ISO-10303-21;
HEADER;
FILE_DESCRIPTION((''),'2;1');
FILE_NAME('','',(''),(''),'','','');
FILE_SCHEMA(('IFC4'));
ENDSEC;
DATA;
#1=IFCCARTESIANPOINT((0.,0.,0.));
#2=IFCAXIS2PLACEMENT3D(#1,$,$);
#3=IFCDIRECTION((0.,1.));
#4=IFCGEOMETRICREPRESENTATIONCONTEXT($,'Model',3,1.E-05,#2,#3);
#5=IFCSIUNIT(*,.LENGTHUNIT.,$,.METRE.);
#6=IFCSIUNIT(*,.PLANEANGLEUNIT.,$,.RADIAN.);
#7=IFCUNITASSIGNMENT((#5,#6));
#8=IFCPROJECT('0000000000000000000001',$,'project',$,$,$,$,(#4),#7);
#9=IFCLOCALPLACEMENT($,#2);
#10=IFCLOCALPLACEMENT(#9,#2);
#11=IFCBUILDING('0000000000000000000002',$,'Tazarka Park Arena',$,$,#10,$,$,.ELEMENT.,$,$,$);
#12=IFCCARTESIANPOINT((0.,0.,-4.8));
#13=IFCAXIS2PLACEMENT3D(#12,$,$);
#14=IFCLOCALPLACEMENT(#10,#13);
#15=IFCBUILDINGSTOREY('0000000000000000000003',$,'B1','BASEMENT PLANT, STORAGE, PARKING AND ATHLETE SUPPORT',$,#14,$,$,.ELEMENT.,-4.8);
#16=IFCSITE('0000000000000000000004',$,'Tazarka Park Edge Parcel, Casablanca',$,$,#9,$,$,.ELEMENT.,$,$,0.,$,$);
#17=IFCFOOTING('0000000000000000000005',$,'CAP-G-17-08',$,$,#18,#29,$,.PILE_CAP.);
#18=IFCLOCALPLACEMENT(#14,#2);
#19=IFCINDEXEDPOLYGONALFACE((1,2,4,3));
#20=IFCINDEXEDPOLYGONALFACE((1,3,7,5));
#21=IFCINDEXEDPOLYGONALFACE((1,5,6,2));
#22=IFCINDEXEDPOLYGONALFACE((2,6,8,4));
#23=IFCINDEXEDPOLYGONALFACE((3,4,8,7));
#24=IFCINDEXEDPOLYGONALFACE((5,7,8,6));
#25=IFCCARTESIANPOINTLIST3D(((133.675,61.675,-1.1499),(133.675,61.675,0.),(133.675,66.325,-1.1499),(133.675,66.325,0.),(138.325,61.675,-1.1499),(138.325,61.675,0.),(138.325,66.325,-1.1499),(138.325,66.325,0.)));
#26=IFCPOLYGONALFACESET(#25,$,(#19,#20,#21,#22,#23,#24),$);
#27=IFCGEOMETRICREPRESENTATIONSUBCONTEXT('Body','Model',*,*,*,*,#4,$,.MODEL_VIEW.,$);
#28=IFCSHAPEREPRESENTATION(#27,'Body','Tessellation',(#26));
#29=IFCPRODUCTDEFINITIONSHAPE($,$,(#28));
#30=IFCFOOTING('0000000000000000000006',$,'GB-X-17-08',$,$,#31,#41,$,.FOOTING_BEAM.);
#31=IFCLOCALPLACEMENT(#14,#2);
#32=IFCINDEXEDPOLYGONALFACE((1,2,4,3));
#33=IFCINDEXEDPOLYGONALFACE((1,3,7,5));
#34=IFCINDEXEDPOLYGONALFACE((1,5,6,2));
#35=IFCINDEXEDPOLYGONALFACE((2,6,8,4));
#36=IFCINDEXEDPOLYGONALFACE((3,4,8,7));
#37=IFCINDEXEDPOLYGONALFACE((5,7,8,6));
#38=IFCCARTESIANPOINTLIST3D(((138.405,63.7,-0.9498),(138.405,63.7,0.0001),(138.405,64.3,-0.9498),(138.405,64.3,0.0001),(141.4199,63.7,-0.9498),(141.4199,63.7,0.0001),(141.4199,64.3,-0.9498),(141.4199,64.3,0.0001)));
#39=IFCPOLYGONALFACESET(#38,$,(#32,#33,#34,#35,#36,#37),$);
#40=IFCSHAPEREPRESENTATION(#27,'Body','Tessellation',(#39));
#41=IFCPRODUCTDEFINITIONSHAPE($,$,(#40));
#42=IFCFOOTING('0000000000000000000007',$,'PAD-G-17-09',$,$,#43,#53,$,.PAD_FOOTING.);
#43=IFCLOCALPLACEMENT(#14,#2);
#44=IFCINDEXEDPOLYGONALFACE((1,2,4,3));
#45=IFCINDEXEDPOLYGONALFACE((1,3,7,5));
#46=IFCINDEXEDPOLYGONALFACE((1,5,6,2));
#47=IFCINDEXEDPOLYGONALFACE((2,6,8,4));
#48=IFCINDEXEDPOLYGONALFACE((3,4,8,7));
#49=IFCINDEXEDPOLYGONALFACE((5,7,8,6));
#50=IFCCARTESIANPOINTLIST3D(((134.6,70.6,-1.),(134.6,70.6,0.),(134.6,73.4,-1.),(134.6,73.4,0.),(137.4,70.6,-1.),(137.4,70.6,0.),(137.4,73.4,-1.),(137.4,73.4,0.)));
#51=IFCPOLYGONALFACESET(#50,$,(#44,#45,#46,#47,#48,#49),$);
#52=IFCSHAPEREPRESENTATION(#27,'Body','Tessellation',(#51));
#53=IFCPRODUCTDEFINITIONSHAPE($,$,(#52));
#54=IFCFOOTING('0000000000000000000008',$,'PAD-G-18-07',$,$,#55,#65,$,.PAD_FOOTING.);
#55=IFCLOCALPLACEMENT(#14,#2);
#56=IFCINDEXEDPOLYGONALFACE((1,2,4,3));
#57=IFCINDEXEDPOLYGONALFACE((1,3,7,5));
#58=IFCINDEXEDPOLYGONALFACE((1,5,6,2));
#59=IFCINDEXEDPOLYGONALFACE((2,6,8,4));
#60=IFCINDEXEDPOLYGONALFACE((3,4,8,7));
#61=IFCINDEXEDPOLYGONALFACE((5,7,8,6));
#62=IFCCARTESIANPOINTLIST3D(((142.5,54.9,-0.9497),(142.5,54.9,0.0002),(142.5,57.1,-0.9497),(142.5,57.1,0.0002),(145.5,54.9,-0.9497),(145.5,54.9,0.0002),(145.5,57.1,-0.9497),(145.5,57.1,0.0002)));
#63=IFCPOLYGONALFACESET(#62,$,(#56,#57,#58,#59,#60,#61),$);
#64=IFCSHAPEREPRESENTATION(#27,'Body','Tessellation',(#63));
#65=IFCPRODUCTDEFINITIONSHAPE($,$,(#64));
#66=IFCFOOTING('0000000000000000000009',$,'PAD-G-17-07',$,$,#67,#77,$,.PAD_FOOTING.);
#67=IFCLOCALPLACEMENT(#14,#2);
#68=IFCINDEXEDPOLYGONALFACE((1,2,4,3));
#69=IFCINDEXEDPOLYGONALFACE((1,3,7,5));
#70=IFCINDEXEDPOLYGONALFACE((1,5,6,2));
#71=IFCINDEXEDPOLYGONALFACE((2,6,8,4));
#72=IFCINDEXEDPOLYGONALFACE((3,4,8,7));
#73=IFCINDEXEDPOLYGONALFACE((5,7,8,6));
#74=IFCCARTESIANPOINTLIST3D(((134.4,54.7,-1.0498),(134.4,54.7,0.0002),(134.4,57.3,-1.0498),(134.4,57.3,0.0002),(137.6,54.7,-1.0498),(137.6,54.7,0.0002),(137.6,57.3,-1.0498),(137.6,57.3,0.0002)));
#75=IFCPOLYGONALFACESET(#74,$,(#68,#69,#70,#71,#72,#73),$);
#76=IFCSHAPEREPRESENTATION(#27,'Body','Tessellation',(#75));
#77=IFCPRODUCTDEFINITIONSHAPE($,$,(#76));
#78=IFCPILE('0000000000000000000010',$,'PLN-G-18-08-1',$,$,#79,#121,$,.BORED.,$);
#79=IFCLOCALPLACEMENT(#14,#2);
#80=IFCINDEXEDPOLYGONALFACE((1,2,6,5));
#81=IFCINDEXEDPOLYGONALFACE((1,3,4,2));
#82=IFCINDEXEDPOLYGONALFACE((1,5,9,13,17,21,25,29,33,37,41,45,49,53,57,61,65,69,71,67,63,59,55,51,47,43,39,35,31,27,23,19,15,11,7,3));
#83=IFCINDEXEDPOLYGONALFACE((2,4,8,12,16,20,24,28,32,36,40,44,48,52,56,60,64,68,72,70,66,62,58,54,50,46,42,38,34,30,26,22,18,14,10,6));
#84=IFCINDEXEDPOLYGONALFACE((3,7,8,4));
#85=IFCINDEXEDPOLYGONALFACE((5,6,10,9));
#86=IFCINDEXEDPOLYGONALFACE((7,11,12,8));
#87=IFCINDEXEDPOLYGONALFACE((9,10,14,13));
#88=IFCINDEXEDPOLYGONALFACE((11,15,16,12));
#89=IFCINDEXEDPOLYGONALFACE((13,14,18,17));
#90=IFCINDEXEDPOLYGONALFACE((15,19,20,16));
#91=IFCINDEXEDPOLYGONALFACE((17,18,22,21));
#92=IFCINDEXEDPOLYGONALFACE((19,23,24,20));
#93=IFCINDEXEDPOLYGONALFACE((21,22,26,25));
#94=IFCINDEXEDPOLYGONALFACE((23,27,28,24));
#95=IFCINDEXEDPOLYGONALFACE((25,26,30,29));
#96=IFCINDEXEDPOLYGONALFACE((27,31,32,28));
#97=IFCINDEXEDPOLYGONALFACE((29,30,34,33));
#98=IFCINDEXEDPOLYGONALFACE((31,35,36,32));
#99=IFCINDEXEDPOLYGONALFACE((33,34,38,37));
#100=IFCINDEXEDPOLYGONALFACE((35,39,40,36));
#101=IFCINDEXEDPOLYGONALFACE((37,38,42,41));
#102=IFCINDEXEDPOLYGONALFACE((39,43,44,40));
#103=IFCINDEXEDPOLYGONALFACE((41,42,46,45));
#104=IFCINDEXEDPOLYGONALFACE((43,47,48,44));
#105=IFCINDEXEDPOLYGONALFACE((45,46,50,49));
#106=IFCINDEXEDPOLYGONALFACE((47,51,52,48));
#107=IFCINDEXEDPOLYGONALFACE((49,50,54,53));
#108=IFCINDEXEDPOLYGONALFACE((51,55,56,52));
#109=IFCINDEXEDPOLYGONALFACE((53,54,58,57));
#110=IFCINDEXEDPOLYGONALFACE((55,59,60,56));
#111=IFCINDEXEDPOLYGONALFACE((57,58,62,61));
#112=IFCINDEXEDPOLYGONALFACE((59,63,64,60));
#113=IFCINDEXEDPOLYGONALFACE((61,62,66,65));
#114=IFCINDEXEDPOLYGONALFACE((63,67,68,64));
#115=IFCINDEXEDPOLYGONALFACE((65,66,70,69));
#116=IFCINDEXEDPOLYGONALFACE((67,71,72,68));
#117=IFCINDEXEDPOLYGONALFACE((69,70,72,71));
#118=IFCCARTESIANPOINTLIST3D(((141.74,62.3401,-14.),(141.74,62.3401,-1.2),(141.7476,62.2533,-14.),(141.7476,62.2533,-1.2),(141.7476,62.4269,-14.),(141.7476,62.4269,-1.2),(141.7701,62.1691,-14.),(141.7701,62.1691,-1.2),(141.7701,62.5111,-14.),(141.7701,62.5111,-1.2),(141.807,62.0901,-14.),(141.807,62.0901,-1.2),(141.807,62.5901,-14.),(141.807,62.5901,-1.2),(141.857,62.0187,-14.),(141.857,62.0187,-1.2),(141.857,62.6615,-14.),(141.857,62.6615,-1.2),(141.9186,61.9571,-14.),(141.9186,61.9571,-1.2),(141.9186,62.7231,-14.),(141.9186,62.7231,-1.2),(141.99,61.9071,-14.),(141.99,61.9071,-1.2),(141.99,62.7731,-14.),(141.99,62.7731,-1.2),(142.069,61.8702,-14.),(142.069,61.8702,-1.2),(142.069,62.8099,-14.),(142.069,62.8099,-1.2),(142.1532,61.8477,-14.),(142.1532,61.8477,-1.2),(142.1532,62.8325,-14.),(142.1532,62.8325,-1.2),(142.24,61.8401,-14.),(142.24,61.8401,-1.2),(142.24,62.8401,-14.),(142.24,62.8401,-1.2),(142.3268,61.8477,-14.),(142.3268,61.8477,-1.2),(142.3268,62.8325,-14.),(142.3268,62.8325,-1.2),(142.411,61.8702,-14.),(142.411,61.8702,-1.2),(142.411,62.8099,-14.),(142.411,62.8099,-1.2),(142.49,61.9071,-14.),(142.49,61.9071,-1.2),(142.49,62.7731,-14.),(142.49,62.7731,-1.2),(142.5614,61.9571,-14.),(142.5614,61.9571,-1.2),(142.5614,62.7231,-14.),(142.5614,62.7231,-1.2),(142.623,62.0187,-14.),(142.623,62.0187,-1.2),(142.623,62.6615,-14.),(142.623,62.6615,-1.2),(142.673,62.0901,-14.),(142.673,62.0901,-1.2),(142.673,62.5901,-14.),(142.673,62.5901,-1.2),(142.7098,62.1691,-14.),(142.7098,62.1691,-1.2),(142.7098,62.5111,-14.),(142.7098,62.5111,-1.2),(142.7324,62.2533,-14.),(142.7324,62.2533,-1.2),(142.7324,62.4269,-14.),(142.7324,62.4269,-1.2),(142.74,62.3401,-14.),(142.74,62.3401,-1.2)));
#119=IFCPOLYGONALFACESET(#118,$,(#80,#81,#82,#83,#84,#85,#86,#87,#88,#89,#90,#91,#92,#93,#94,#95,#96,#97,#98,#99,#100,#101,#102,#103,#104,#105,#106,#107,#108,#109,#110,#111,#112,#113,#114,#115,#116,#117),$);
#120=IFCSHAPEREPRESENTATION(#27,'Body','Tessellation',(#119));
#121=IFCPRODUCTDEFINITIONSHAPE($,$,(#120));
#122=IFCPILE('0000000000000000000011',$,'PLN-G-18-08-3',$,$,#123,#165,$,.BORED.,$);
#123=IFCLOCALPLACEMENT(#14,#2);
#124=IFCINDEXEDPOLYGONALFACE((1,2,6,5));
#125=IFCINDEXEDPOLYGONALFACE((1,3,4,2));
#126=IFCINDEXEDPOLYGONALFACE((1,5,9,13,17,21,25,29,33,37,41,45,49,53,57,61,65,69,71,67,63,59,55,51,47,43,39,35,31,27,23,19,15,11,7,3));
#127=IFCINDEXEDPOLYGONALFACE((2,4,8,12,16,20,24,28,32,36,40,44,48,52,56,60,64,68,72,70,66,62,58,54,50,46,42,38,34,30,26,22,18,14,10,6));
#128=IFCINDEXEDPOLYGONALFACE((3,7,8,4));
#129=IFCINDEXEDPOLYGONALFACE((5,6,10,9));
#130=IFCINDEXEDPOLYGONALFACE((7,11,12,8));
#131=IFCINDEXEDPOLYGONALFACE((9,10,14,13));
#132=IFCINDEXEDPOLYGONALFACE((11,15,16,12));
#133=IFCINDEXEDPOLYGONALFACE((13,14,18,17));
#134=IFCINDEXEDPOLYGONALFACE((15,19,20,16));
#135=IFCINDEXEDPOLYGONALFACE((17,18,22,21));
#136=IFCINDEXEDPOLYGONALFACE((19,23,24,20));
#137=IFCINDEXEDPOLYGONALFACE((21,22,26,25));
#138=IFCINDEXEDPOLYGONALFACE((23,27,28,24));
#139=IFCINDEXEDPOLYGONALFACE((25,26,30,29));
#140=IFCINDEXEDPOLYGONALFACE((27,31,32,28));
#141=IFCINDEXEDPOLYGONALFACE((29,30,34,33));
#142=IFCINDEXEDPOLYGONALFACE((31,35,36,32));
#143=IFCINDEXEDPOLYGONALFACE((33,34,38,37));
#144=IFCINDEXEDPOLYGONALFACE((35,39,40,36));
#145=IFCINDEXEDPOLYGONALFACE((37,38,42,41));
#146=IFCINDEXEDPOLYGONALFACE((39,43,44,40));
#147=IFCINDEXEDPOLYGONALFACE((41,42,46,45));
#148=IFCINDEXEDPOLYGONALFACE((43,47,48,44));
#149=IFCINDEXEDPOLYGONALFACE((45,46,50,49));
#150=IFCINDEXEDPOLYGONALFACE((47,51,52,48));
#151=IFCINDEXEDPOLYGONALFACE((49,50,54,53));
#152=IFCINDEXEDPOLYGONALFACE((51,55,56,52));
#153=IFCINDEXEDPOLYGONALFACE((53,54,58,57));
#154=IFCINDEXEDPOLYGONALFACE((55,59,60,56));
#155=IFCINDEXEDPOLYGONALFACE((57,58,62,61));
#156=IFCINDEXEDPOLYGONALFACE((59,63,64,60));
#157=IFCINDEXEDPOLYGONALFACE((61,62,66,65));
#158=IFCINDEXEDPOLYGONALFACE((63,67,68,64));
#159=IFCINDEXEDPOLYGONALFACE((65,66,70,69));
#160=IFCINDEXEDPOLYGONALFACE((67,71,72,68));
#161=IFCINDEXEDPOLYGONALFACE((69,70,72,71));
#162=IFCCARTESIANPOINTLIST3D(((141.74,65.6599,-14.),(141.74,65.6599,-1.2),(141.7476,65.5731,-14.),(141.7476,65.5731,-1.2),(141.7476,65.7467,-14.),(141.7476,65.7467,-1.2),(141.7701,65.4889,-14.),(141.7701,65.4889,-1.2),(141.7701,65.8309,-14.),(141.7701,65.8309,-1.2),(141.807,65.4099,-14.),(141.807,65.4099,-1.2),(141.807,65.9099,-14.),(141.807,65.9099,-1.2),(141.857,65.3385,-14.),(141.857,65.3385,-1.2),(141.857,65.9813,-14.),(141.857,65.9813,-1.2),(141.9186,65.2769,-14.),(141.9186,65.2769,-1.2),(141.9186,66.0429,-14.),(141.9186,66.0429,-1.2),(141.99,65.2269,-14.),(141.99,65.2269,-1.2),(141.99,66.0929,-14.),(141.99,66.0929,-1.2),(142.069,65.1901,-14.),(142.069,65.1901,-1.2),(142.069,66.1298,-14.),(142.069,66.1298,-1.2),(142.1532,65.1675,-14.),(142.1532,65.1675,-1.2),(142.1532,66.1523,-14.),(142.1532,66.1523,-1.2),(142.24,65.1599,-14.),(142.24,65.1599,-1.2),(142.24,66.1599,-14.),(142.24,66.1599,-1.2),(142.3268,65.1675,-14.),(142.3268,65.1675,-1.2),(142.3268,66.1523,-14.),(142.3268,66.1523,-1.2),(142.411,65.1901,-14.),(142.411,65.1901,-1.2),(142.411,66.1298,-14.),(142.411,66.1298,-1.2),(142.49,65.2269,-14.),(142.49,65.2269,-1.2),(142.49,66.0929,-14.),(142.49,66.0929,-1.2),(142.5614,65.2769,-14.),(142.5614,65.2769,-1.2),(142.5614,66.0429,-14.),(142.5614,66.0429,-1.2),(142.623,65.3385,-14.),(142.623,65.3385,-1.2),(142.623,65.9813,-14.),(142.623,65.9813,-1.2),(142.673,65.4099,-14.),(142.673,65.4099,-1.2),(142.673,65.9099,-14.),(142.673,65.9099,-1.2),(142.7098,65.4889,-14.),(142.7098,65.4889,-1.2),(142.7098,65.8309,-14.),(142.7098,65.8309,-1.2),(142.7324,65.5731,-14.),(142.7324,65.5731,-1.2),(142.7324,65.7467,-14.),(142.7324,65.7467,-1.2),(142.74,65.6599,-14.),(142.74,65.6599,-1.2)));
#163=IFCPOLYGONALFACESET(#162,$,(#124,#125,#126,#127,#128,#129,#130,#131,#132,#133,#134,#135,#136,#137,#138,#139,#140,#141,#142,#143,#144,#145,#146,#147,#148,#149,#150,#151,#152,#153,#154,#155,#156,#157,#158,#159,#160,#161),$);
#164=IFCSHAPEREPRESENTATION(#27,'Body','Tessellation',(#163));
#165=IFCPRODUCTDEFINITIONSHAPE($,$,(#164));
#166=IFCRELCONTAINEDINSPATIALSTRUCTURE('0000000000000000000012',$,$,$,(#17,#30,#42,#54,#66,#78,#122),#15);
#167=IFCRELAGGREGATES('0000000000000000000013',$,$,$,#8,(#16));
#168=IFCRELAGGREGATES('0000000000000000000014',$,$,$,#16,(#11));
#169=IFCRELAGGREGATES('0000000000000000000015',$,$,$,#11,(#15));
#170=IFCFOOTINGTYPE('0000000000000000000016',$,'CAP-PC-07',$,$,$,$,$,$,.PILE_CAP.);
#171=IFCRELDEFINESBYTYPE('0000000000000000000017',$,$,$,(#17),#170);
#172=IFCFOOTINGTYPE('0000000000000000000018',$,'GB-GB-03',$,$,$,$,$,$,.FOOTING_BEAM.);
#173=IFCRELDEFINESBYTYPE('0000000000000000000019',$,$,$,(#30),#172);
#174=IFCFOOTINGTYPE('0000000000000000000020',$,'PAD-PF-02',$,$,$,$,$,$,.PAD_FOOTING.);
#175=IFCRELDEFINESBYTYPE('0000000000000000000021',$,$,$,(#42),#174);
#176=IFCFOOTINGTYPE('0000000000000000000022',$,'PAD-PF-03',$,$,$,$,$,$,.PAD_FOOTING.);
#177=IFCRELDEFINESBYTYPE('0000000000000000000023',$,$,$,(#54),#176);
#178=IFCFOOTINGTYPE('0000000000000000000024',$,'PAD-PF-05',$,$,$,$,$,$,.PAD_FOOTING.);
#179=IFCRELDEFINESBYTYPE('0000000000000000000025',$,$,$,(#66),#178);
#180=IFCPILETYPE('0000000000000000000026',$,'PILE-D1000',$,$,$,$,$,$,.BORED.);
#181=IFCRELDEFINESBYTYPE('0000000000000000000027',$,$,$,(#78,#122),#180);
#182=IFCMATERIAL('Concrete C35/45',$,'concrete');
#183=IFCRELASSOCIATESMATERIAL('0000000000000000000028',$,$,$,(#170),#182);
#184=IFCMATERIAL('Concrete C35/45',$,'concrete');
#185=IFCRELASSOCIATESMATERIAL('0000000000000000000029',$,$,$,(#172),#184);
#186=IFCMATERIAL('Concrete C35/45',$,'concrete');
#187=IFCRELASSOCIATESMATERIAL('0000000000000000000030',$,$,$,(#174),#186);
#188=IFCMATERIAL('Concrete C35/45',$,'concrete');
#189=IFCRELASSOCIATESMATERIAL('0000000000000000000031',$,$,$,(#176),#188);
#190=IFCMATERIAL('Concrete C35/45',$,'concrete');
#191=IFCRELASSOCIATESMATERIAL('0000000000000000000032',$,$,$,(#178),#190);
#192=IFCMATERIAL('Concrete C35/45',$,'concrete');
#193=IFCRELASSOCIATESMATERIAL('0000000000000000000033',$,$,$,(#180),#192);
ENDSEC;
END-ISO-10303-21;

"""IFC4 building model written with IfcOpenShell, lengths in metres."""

from ifc_helpers import new_model, si_unit, direction, frame, origin, origin_2d, place, context, subcontext, project, spatial, rectangle, circle, extrude, material, material_profile, profile_set, type_object, element, save


model = new_model("IFC4")

# Units and contexts
model_context = context("Model", 3, precision=1e-05, world=origin(), true_north=direction((0.0, 1.0)))
body_context = subcontext(model_context, "Body", "Model", "MODEL_VIEW")
ifc_project = project(units=[si_unit("LENGTHUNIT", "METRE"), si_unit("PLANEANGLEUNIT", "RADIAN")], contexts=[model_context])

# Site, building, storey
site_placement = place(None, origin())
site = spatial("IfcSite", under=ifc_project, at=site_placement, Name="Tazarka Park Edge Parcel, Casablanca", CompositionType="ELEMENT", RefElevation=0.0)
building_placement = place(site_placement, origin())
building = spatial("IfcBuilding", under=site, at=building_placement, Name="Tazarka Park Arena", CompositionType="ELEMENT")
storey_placement = place(building_placement, frame((0.0, 0.0, -4.8)))
storey = spatial("IfcBuildingStorey", under=building, at=storey_placement, Name="B1", Description="BASEMENT PLANT, STORAGE, PARKING AND ATHLETE SUPPORT", CompositionType="ELEMENT", Elevation=-4.8)

# Footings
ifc_material_1 = material(Name="Concrete C35/45", Category="concrete")
footing_type_1 = type_object("IfcFootingType", Name="CAP-PC-07", PredefinedType="PILE_CAP", material=ifc_material_1)
footing_1_placement = place(storey_placement, frame((136.0, 64.0, -1.1499), z_axis=(0.0, 0.0, 1.0), x_axis=(1.0, 0.0, 0.0)))
element("IfcFooting", 1, at=footing_1_placement, inside=storey, type_object=footing_type_1, Name="CAP-G-17-08", PredefinedType="PILE_CAP", context=body_context, shape_type="SweptSolid", body=[
    extrude(rectangle(XDim=4.6499, YDim=4.6499, at=origin_2d()), origin(), (0.0, 0.0, 1.0), 1.1499),
])
ifc_material_2 = material(Name="Concrete C35/45", Category="concrete")
ifc_material_profile_1 = material_profile(ifc_material_2, rectangle(XDim=0.6001, YDim=0.95, at=origin_2d()), Name="Concrete C35/45")
ifc_profile_set_1 = profile_set([ifc_material_profile_1], Name="Concrete C35/45")
footing_type_2 = type_object("IfcFootingType", Name="GB-GB-03", PredefinedType="FOOTING_BEAM", material=ifc_profile_set_1)
footing_2_placement = place(storey_placement, frame((138.405, 64.0, -0.4749), z_axis=(1.0, 0.0, 0.0), x_axis=(0.0, 1.0, 0.0)))
element("IfcFooting", 2, at=footing_2_placement, inside=storey, type_object=footing_type_2, Name="GB-X-17-08", PredefinedType="FOOTING_BEAM", context=body_context, shape_type="SweptSolid", body=[
    extrude(rectangle(XDim=0.6001, YDim=0.95, at=origin_2d()), origin(), (0.0, 0.0, 1.0), 3.0149),
])
ifc_material_3 = material(Name="Concrete C35/45", Category="concrete")
footing_type_3 = type_object("IfcFootingType", Name="PAD-PF-02", PredefinedType="PAD_FOOTING", material=ifc_material_3)
footing_3_placement = place(storey_placement, frame((136.0, 72.0, -1.0), z_axis=(0.0, 0.0, 1.0), x_axis=(1.0, 0.0, 0.0)))
element("IfcFooting", 3, at=footing_3_placement, inside=storey, type_object=footing_type_3, Name="PAD-G-17-09", PredefinedType="PAD_FOOTING", context=body_context, shape_type="SweptSolid", body=[
    extrude(rectangle(XDim=2.8, YDim=2.8, at=origin_2d()), origin(), (0.0, 0.0, 1.0), 1.0),
])
ifc_material_4 = material(Name="Concrete C35/45", Category="concrete")
footing_type_4 = type_object("IfcFootingType", Name="PAD-PF-03", PredefinedType="PAD_FOOTING", material=ifc_material_4)
footing_4_placement = place(storey_placement, frame((144.0, 56.0, -0.9497), z_axis=(0.0, 0.0, 1.0), x_axis=(1.0, 0.0, 0.0)))
element("IfcFooting", 4, at=footing_4_placement, inside=storey, type_object=footing_type_4, Name="PAD-G-18-07", PredefinedType="PAD_FOOTING", context=body_context, shape_type="SweptSolid", body=[
    extrude(rectangle(XDim=3.0, YDim=2.2, at=origin_2d()), origin(), (0.0, 0.0, 1.0), 0.95),
])
ifc_material_5 = material(Name="Concrete C35/45", Category="concrete")
footing_type_5 = type_object("IfcFootingType", Name="PAD-PF-05", PredefinedType="PAD_FOOTING", material=ifc_material_5)
footing_5_placement = place(storey_placement, frame((136.0, 56.0, -1.0498), z_axis=(0.0, 0.0, 1.0), x_axis=(1.0, 0.0, 0.0)))
element("IfcFooting", 5, at=footing_5_placement, inside=storey, type_object=footing_type_5, Name="PAD-G-17-07", PredefinedType="PAD_FOOTING", context=body_context, shape_type="SweptSolid", body=[
    extrude(rectangle(XDim=3.2, YDim=2.6001, at=origin_2d()), origin(), (0.0, 0.0, 1.0), 1.05),
])

# Piles
ifc_material_6 = material(Name="Concrete C35/45", Category="concrete")
ifc_material_profile_2 = material_profile(ifc_material_6, circle(Radius=0.5, at=origin_2d()), Name="Concrete C35/45")
ifc_profile_set_2 = profile_set([ifc_material_profile_2], Name="Concrete C35/45")
pile_type_1 = type_object("IfcPileType", Name="PILE-D1000", PredefinedType="BORED", material=ifc_profile_set_2)
for number, where, z_axis, x_axis, name in (
    (6, (142.24, 62.3401, -1.2), (0.0, 0.0, -1.0), (1.0, 0.0, 0.0), "PLN-G-18-08-1"),
    (7, (142.24, 65.6599, -1.2), (0.0, 0.0, -1.0), (1.0, 0.0, 0.0), "PLN-G-18-08-3"),
):
    element("IfcPile", number, at=place(storey_placement, frame(where, z_axis=z_axis, x_axis=x_axis)), inside=storey, type_object=pile_type_1, Name=name, PredefinedType="BORED", context=body_context, shape_type="SweptSolid", body=[
        extrude(circle(Radius=0.5, at=origin_2d()), origin(), (0.0, 0.0, 1.0), 12.8),
    ])

save(model, "model.ifc")
